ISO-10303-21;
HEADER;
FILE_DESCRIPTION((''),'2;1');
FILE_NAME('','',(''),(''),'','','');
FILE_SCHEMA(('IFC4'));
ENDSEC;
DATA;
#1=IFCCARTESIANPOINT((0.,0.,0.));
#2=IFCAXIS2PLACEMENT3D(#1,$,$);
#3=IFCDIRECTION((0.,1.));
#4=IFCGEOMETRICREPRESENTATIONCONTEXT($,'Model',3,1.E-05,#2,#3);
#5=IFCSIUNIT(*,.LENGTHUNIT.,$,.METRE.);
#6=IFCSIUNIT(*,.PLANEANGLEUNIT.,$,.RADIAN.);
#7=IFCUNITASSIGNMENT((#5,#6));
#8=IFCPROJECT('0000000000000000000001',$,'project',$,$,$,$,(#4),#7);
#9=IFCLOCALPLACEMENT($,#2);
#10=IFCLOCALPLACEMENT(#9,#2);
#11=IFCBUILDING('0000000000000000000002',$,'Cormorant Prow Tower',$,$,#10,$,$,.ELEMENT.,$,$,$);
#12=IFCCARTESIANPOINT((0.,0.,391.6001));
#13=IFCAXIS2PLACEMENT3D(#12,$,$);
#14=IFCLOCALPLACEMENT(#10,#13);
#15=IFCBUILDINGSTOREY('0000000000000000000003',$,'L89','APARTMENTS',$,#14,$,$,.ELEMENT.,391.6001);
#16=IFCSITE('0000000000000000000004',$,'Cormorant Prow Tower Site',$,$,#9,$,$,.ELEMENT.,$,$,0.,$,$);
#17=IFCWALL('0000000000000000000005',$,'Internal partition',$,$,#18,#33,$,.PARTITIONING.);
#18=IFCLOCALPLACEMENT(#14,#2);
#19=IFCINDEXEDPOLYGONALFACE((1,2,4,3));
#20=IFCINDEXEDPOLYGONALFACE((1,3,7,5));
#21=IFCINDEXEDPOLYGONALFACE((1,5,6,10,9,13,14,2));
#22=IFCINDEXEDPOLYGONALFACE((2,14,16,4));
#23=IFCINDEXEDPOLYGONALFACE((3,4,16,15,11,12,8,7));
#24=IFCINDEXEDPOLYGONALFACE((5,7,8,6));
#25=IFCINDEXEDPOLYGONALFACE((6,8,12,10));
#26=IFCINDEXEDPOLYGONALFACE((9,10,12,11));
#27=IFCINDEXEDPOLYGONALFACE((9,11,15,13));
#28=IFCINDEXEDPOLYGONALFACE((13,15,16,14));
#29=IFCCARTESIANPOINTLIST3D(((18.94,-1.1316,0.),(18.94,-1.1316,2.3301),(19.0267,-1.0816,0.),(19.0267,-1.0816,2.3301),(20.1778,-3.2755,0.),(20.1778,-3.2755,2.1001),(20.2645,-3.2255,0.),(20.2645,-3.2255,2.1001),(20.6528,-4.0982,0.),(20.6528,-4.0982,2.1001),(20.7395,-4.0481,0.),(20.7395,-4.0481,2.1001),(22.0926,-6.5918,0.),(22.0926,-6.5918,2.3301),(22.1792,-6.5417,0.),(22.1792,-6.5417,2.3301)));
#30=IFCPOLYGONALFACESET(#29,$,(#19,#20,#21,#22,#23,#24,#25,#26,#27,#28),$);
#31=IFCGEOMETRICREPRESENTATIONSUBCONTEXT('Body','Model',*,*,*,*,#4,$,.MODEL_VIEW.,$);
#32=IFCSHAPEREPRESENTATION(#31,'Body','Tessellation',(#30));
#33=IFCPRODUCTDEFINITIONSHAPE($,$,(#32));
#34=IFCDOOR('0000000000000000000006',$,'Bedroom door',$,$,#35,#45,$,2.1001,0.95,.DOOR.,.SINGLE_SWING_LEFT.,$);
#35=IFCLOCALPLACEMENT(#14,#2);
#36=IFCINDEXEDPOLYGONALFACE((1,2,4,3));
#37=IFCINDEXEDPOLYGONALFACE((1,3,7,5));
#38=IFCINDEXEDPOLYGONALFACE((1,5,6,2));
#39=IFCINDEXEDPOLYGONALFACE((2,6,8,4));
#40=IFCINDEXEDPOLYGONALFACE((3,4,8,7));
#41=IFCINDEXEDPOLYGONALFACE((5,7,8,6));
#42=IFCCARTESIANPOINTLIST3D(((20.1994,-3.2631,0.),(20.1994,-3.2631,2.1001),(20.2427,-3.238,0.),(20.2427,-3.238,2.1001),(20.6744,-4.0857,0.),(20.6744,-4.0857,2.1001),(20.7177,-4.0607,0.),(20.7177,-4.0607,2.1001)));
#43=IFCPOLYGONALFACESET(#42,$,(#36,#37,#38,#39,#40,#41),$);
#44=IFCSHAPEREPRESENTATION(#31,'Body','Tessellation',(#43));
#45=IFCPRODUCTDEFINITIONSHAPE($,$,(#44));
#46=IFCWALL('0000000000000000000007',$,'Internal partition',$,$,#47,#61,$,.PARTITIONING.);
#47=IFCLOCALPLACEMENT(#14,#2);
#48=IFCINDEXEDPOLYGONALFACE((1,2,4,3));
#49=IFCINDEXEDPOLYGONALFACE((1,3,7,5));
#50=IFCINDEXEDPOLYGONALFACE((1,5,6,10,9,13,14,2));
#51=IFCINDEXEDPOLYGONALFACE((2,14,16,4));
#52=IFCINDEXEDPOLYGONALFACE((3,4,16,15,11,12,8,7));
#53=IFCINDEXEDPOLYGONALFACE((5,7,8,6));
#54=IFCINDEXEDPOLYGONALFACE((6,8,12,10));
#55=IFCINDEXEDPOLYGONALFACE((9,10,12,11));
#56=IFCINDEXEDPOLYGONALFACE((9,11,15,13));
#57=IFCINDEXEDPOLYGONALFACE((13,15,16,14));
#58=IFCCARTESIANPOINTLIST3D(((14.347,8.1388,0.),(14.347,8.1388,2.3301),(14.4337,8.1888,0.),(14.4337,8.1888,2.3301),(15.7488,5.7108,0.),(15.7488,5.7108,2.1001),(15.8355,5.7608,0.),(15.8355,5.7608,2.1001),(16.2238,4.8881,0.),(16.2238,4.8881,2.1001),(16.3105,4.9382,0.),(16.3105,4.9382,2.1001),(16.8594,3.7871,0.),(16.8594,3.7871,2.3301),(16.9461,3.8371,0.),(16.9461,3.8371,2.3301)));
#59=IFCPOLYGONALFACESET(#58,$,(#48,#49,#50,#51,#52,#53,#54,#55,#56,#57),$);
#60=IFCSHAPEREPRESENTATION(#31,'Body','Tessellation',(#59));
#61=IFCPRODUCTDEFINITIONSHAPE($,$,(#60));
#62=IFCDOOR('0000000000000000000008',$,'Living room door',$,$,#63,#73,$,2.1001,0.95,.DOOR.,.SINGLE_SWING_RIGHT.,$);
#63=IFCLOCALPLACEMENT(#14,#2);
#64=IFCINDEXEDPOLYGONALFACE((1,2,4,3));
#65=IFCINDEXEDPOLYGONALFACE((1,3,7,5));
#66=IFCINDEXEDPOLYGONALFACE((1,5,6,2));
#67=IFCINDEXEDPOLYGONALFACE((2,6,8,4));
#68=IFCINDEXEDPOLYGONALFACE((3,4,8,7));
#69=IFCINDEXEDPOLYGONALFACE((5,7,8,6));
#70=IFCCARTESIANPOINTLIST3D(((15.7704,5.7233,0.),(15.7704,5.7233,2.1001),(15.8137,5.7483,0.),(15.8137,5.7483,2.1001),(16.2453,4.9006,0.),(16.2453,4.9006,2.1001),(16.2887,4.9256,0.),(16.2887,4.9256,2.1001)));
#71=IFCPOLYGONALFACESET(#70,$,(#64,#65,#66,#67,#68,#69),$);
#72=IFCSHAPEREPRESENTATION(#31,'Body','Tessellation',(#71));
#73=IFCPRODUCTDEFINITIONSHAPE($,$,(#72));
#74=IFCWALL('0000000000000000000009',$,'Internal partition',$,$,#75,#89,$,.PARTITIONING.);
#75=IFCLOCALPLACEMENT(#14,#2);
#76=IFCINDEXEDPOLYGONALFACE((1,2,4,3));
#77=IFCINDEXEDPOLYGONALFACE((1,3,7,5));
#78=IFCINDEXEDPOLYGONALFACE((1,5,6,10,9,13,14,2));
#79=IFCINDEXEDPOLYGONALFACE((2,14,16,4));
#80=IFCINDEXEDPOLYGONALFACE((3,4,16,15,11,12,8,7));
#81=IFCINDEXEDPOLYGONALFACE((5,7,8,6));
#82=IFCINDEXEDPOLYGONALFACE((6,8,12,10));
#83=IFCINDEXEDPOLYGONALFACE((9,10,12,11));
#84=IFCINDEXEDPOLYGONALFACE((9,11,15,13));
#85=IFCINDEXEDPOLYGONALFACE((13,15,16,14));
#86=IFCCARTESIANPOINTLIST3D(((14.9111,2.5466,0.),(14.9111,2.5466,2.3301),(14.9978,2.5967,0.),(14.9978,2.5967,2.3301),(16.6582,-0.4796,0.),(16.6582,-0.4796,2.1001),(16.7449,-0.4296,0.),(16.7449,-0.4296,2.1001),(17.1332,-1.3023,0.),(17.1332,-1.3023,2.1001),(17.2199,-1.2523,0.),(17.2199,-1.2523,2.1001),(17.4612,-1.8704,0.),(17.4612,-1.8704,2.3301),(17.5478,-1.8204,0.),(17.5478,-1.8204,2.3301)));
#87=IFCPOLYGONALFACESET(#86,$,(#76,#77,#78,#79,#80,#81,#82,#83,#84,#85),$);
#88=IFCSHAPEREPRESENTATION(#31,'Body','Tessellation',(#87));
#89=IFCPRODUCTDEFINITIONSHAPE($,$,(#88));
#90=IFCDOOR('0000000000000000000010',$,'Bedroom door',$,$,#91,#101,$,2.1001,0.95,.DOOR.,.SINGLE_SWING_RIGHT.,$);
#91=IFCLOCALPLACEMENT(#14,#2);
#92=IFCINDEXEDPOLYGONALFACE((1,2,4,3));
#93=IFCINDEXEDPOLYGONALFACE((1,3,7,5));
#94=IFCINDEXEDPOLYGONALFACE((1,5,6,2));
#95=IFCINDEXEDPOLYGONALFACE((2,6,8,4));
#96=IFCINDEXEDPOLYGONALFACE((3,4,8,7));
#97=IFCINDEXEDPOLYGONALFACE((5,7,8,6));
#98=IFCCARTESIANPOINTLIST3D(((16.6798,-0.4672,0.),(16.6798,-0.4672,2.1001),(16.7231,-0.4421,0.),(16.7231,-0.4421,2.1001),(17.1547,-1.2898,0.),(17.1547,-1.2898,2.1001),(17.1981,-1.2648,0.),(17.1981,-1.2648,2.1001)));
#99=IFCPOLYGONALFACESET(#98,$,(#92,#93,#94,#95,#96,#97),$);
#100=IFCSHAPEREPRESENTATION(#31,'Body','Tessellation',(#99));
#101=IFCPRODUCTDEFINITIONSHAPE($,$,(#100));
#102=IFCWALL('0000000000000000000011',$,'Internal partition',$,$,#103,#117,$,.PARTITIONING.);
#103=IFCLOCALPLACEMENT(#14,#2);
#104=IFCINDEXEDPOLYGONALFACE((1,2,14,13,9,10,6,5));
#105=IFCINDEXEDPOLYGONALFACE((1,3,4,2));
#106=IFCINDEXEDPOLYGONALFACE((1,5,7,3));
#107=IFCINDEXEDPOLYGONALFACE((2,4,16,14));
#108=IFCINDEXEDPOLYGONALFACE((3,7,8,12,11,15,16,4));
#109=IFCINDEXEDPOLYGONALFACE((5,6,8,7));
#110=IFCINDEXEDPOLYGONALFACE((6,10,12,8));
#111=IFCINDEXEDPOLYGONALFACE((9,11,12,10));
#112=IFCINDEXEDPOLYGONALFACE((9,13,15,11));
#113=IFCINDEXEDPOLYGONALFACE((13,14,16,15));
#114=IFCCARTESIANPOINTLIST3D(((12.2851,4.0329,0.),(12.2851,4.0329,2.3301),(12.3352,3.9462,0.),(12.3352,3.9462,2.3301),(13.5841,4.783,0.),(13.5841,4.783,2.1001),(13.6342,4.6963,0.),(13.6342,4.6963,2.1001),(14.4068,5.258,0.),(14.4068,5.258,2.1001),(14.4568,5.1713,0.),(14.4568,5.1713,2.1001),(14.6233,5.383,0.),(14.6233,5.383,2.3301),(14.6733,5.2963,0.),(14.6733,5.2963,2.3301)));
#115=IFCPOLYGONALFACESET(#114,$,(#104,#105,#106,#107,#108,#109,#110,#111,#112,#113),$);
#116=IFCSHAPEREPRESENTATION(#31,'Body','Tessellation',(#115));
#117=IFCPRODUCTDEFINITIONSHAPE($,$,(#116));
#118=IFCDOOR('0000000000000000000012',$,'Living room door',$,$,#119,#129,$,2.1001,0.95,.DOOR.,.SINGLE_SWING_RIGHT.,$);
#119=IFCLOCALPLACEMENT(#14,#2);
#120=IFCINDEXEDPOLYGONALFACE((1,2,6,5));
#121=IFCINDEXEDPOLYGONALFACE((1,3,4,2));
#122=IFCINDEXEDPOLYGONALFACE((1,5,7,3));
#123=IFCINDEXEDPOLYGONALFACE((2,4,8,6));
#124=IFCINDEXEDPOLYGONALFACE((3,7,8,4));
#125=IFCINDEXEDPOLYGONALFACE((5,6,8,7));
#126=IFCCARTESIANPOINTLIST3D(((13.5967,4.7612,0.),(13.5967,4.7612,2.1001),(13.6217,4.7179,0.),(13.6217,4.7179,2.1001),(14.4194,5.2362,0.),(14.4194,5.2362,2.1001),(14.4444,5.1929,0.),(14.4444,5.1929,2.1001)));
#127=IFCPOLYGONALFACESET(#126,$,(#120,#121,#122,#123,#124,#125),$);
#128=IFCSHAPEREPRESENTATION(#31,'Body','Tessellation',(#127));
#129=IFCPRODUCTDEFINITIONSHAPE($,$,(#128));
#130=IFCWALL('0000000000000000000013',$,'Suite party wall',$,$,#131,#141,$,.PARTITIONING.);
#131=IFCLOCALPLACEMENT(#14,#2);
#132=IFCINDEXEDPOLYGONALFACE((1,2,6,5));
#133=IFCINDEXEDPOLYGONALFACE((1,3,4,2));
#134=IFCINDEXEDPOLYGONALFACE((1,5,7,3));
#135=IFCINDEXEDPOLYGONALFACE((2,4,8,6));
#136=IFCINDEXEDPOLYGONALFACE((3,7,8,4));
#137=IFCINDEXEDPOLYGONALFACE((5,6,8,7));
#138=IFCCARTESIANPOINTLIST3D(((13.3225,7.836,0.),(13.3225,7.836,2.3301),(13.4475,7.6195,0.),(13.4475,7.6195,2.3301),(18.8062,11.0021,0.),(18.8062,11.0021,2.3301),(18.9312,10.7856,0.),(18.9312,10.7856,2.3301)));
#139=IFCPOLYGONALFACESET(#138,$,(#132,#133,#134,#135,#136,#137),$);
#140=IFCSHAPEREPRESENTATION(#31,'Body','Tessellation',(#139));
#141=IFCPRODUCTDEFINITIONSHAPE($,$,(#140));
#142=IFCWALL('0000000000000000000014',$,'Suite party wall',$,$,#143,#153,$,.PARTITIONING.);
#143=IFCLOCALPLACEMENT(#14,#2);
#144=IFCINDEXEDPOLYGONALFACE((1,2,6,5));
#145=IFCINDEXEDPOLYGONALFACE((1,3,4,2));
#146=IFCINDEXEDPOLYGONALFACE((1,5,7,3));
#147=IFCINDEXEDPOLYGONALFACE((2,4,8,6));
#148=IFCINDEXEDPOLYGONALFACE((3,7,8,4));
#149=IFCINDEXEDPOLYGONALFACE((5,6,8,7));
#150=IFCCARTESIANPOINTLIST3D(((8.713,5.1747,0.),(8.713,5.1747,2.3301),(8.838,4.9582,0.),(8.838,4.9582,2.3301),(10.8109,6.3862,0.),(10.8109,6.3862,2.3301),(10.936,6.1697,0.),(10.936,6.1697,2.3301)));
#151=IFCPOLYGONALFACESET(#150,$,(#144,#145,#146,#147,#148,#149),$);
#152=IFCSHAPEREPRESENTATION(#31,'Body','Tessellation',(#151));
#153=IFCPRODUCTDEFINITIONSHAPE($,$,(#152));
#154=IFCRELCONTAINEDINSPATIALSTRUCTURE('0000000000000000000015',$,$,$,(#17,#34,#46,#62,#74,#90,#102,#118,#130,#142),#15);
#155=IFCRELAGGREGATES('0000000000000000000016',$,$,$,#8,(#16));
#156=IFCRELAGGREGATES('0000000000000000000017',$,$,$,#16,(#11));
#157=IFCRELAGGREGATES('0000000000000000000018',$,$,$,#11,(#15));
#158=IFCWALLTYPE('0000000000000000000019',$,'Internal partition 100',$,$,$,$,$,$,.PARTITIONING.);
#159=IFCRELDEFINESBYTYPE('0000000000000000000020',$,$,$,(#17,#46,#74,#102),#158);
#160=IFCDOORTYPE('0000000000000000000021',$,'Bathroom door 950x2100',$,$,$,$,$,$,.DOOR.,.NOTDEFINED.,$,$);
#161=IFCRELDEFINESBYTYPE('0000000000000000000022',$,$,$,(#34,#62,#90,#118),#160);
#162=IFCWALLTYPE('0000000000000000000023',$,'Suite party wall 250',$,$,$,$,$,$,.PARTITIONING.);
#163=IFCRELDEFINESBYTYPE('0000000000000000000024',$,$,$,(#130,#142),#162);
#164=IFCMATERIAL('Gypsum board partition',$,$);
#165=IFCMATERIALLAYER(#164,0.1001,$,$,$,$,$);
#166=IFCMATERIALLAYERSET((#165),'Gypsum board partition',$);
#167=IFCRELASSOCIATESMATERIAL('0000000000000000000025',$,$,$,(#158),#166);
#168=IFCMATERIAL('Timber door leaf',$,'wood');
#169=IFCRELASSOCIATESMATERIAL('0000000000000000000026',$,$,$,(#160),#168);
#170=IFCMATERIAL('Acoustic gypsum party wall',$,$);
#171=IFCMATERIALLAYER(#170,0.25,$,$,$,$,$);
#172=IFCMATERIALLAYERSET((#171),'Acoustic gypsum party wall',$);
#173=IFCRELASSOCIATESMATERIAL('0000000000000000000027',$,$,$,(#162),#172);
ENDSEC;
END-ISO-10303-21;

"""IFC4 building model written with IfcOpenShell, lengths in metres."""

from ifc_helpers import new_model, si_unit, direction, frame, frame_2d, origin, place, context, subcontext, project, spatial, rectangle, extrude, material, layer, layer_set, type_object, element, fill, save


model = new_model("IFC4")

# Units and contexts
model_context = context("Model", 3, precision=1e-05, world=origin(), true_north=direction((0.0, 1.0)))
body_context = subcontext(model_context, "Body", "Model", "MODEL_VIEW")
ifc_project = project(units=[si_unit("LENGTHUNIT", "METRE"), si_unit("PLANEANGLEUNIT", "RADIAN")], contexts=[model_context])

# Site, building, storey
site_placement = place(None, origin())
site = spatial("IfcSite", under=ifc_project, at=site_placement, Name="Cormorant Prow Tower Site", CompositionType="ELEMENT", RefElevation=0.0)
building_placement = place(site_placement, origin())
building = spatial("IfcBuilding", under=site, at=building_placement, Name="Cormorant Prow Tower", CompositionType="ELEMENT")
storey_placement = place(building_placement, frame((0.0, 0.0, 391.6001)))
storey = spatial("IfcBuildingStorey", under=building, at=storey_placement, Name="L89", Description="APARTMENTS", CompositionType="ELEMENT", Elevation=391.6001)

# Walls, openings, doors
ifc_material_1 = material(Name="Gypsum board partition")
ifc_layer_1 = layer(ifc_material_1, 0.1001)
ifc_layer_set_1 = layer_set([ifc_layer_1], Name="Gypsum board partition")
wall_type_1 = type_object("IfcWallType", Name="Internal partition 100", PredefinedType="PARTITIONING", material=ifc_layer_set_1)
ifc_material_2 = material(Name="Timber door leaf", Category="wood")
door_type_1 = type_object("IfcDoorType", Name="Bathroom door 950x2100", OperationType="NOTDEFINED", PredefinedType="DOOR", material=ifc_material_2)
wall_1_placement = place(storey_placement, frame((18.9834, -1.1067, 0.0), z_axis=(0.0, 0.0, 1.0), x_axis=(0.500016, -0.866016, 0.0)))
wall_1 = element("IfcWall", 1, at=wall_1_placement, inside=storey, type_object=wall_type_1, Name="Internal partition", PredefinedType="PARTITIONING", context=body_context, shape_type="SweptSolid", body=[
    extrude(rectangle(XDim=6.3049, YDim=0.1001, at=frame_2d((3.1523, 0.0))), origin(), (0.0, 0.0, 1.0), 2.3301),
])
opening_1_placement = place(wall_1_placement, frame((2.4753, 0.0, 0.0)))
opening_1 = element("IfcOpeningElement", 2, at=opening_1_placement, cuts=wall_1, PredefinedType="OPENING", context=body_context, shape_type="SweptSolid", body=[
    extrude(rectangle(XDim=0.95, YDim=2.1001, at=frame_2d((0.4751, 1.05))), frame((0.0, 0.0601, 0.0), z_axis=(0.0, -1.0, 0.0), x_axis=(1.0, 0.0, 0.0)), (0.0, 0.0, 1.0), 0.1201),
])
door_1_placement = place(opening_1_placement, origin())
door_1 = element("IfcDoor", 3, at=door_1_placement, inside=storey, type_object=door_type_1, Name="Bedroom door", OperationType="SINGLE_SWING_LEFT", OverallHeight=2.1001, OverallWidth=0.95, PredefinedType="DOOR", context=body_context, shape_type="SweptSolid", body=[
    extrude(rectangle(XDim=0.95, YDim=2.1001, at=frame_2d((0.4751, 1.05))), frame((0.0, 0.0249, 0.0), z_axis=(0.0, -1.0, 0.0), x_axis=(1.0, 0.0, 0.0)), (0.0, 0.0, 1.0), 0.05),
])
fill(opening_1, door_1)
wall_2_placement = place(storey_placement, frame((14.3904, 8.1638, 0.0), z_axis=(0.0, 0.0, 1.0), x_axis=(0.49999, -0.866031, 0.0)))
wall_2 = element("IfcWall", 4, at=wall_2_placement, inside=storey, type_object=wall_type_1, Name="Internal partition", PredefinedType="PARTITIONING", context=body_context, shape_type="SweptSolid", body=[
    extrude(rectangle(XDim=5.0249, YDim=0.1001, at=frame_2d((2.5125, 0.0))), origin(), (0.0, 0.0, 1.0), 2.3301),
])
opening_2_placement = place(wall_2_placement, frame((2.8035, 0.0, 0.0)))
opening_2 = element("IfcOpeningElement", 5, at=opening_2_placement, cuts=wall_2, PredefinedType="OPENING", context=body_context, shape_type="SweptSolid", body=[
    extrude(rectangle(XDim=0.95, YDim=2.1001, at=frame_2d((0.4751, 1.05))), frame((0.0, 0.0601, 0.0), z_axis=(0.0, -1.0, 0.0), x_axis=(1.0, 0.0, 0.0)), (0.0, 0.0, 1.0), 0.1201),
])
door_2_placement = place(opening_2_placement, origin())
door_2 = element("IfcDoor", 6, at=door_2_placement, inside=storey, type_object=door_type_1, Name="Living room door", OperationType="SINGLE_SWING_RIGHT", OverallHeight=2.1001, OverallWidth=0.95, PredefinedType="DOOR", context=body_context, shape_type="SweptSolid", body=[
    extrude(rectangle(XDim=0.95, YDim=2.1001, at=frame_2d((0.4751, 1.05))), frame((0.0, 0.0249, 0.0), z_axis=(0.0, -1.0, 0.0), x_axis=(1.0, 0.0, 0.0)), (0.0, 0.0, 1.0), 0.05),
])
fill(opening_2, door_2)
wall_3_placement = place(storey_placement, frame((14.9543, 2.5718, 0.0), z_axis=(0.0, 0.0, 1.0), x_axis=(0.499985, -0.866034, 0.0)))
wall_3 = element("IfcWall", 7, at=wall_3_placement, inside=storey, type_object=wall_type_1, Name="Internal partition", PredefinedType="PARTITIONING", context=body_context, shape_type="SweptSolid", body=[
    extrude(rectangle(XDim=5.1003, YDim=0.1001, at=frame_2d((2.5503, 0.0))), origin(), (0.0, 0.0, 1.0), 2.3301),
])
opening_3_placement = place(wall_3_placement, frame((3.4944, 0.0, 0.0)))
opening_3 = element("IfcOpeningElement", 8, at=opening_3_placement, cuts=wall_3, PredefinedType="OPENING", context=body_context, shape_type="SweptSolid", body=[
    extrude(rectangle(XDim=0.95, YDim=2.1001, at=frame_2d((0.4751, 1.05))), frame((0.0, 0.0601, 0.0), z_axis=(0.0, -1.0, 0.0), x_axis=(1.0, 0.0, 0.0)), (0.0, 0.0, 1.0), 0.1201),
])
door_3_placement = place(opening_3_placement, origin())
door_3 = element("IfcDoor", 9, at=door_3_placement, inside=storey, type_object=door_type_1, Name="Bedroom door", OperationType="SINGLE_SWING_RIGHT", OverallHeight=2.1001, OverallWidth=0.95, PredefinedType="DOOR", context=body_context, shape_type="SweptSolid", body=[
    extrude(rectangle(XDim=0.95, YDim=2.1001, at=frame_2d((0.4751, 1.05))), frame((0.0, 0.0249, 0.0), z_axis=(0.0, -1.0, 0.0), x_axis=(1.0, 0.0, 0.0)), (0.0, 0.0, 1.0), 0.05),
])
fill(opening_3, door_3)
wall_4_placement = place(storey_placement, frame((12.3101, 3.9895, 0.0), z_axis=(0.0, 0.0, 1.0), x_axis=(0.865997, 0.500049, 0.0)))
wall_4 = element("IfcWall", 10, at=wall_4_placement, inside=storey, type_object=wall_type_1, Name="Internal partition", PredefinedType="PARTITIONING", context=body_context, shape_type="SweptSolid", body=[
    extrude(rectangle(XDim=2.7, YDim=0.1001, at=frame_2d((1.3501, 0.0))), origin(), (0.0, 0.0, 1.0), 2.3301),
])
opening_4_placement = place(wall_4_placement, frame((1.5, 0.0, 0.0)))
opening_4 = element("IfcOpeningElement", 11, at=opening_4_placement, cuts=wall_4, PredefinedType="OPENING", context=body_context, shape_type="SweptSolid", body=[
    extrude(rectangle(XDim=0.95, YDim=2.1001, at=frame_2d((0.4751, 1.05))), frame((0.0, 0.0601, 0.0), z_axis=(0.0, -1.0, 0.0), x_axis=(1.0, 0.0, 0.0)), (0.0, 0.0, 1.0), 0.1201),
])
door_4_placement = place(opening_4_placement, origin())
door_4 = element("IfcDoor", 12, at=door_4_placement, inside=storey, type_object=door_type_1, Name="Living room door", OperationType="SINGLE_SWING_RIGHT", OverallHeight=2.1001, OverallWidth=0.95, PredefinedType="DOOR", context=body_context, shape_type="SweptSolid", body=[
    extrude(rectangle(XDim=0.95, YDim=2.1001, at=frame_2d((0.4751, 1.05))), frame((0.0, 0.0249, 0.0), z_axis=(0.0, -1.0, 0.0), x_axis=(1.0, 0.0, 0.0)), (0.0, 0.0, 1.0), 0.05),
])
fill(opening_4, door_4)

# Walls
ifc_material_3 = material(Name="Acoustic gypsum party wall")
ifc_layer_2 = layer(ifc_material_3, 0.25)
ifc_layer_set_2 = layer_set([ifc_layer_2], Name="Acoustic gypsum party wall")
wall_type_2 = type_object("IfcWallType", Name="Suite party wall 250", PredefinedType="PARTITIONING", material=ifc_layer_set_2)
wall_5_placement = place(storey_placement, frame((13.385, 7.7278, 0.0), z_axis=(0.0, 0.0, 1.0), x_axis=(0.866023, 0.500004, 0.0)))
element("IfcWall", 13, at=wall_5_placement, inside=storey, type_object=wall_type_2, Name="Suite party wall", PredefinedType="PARTITIONING", context=body_context, shape_type="SweptSolid", body=[
    extrude(rectangle(XDim=6.332, YDim=0.25, at=frame_2d((3.166, 0.0))), origin(), (0.0, 0.0, 1.0), 2.3301),
])
wall_6_placement = place(storey_placement, frame((8.7754, 5.0664, 0.0), z_axis=(0.0, 0.0, 1.0), x_axis=(0.865989, 0.500063, 0.0)))
element("IfcWall", 14, at=wall_6_placement, inside=storey, type_object=wall_type_2, Name="Suite party wall", PredefinedType="PARTITIONING", context=body_context, shape_type="SweptSolid", body=[
    extrude(rectangle(XDim=2.4226, YDim=0.25, at=frame_2d((1.2114, 0.0))), origin(), (0.0, 0.0, 1.0), 2.3301),
])

save(model, "model.ifc")
